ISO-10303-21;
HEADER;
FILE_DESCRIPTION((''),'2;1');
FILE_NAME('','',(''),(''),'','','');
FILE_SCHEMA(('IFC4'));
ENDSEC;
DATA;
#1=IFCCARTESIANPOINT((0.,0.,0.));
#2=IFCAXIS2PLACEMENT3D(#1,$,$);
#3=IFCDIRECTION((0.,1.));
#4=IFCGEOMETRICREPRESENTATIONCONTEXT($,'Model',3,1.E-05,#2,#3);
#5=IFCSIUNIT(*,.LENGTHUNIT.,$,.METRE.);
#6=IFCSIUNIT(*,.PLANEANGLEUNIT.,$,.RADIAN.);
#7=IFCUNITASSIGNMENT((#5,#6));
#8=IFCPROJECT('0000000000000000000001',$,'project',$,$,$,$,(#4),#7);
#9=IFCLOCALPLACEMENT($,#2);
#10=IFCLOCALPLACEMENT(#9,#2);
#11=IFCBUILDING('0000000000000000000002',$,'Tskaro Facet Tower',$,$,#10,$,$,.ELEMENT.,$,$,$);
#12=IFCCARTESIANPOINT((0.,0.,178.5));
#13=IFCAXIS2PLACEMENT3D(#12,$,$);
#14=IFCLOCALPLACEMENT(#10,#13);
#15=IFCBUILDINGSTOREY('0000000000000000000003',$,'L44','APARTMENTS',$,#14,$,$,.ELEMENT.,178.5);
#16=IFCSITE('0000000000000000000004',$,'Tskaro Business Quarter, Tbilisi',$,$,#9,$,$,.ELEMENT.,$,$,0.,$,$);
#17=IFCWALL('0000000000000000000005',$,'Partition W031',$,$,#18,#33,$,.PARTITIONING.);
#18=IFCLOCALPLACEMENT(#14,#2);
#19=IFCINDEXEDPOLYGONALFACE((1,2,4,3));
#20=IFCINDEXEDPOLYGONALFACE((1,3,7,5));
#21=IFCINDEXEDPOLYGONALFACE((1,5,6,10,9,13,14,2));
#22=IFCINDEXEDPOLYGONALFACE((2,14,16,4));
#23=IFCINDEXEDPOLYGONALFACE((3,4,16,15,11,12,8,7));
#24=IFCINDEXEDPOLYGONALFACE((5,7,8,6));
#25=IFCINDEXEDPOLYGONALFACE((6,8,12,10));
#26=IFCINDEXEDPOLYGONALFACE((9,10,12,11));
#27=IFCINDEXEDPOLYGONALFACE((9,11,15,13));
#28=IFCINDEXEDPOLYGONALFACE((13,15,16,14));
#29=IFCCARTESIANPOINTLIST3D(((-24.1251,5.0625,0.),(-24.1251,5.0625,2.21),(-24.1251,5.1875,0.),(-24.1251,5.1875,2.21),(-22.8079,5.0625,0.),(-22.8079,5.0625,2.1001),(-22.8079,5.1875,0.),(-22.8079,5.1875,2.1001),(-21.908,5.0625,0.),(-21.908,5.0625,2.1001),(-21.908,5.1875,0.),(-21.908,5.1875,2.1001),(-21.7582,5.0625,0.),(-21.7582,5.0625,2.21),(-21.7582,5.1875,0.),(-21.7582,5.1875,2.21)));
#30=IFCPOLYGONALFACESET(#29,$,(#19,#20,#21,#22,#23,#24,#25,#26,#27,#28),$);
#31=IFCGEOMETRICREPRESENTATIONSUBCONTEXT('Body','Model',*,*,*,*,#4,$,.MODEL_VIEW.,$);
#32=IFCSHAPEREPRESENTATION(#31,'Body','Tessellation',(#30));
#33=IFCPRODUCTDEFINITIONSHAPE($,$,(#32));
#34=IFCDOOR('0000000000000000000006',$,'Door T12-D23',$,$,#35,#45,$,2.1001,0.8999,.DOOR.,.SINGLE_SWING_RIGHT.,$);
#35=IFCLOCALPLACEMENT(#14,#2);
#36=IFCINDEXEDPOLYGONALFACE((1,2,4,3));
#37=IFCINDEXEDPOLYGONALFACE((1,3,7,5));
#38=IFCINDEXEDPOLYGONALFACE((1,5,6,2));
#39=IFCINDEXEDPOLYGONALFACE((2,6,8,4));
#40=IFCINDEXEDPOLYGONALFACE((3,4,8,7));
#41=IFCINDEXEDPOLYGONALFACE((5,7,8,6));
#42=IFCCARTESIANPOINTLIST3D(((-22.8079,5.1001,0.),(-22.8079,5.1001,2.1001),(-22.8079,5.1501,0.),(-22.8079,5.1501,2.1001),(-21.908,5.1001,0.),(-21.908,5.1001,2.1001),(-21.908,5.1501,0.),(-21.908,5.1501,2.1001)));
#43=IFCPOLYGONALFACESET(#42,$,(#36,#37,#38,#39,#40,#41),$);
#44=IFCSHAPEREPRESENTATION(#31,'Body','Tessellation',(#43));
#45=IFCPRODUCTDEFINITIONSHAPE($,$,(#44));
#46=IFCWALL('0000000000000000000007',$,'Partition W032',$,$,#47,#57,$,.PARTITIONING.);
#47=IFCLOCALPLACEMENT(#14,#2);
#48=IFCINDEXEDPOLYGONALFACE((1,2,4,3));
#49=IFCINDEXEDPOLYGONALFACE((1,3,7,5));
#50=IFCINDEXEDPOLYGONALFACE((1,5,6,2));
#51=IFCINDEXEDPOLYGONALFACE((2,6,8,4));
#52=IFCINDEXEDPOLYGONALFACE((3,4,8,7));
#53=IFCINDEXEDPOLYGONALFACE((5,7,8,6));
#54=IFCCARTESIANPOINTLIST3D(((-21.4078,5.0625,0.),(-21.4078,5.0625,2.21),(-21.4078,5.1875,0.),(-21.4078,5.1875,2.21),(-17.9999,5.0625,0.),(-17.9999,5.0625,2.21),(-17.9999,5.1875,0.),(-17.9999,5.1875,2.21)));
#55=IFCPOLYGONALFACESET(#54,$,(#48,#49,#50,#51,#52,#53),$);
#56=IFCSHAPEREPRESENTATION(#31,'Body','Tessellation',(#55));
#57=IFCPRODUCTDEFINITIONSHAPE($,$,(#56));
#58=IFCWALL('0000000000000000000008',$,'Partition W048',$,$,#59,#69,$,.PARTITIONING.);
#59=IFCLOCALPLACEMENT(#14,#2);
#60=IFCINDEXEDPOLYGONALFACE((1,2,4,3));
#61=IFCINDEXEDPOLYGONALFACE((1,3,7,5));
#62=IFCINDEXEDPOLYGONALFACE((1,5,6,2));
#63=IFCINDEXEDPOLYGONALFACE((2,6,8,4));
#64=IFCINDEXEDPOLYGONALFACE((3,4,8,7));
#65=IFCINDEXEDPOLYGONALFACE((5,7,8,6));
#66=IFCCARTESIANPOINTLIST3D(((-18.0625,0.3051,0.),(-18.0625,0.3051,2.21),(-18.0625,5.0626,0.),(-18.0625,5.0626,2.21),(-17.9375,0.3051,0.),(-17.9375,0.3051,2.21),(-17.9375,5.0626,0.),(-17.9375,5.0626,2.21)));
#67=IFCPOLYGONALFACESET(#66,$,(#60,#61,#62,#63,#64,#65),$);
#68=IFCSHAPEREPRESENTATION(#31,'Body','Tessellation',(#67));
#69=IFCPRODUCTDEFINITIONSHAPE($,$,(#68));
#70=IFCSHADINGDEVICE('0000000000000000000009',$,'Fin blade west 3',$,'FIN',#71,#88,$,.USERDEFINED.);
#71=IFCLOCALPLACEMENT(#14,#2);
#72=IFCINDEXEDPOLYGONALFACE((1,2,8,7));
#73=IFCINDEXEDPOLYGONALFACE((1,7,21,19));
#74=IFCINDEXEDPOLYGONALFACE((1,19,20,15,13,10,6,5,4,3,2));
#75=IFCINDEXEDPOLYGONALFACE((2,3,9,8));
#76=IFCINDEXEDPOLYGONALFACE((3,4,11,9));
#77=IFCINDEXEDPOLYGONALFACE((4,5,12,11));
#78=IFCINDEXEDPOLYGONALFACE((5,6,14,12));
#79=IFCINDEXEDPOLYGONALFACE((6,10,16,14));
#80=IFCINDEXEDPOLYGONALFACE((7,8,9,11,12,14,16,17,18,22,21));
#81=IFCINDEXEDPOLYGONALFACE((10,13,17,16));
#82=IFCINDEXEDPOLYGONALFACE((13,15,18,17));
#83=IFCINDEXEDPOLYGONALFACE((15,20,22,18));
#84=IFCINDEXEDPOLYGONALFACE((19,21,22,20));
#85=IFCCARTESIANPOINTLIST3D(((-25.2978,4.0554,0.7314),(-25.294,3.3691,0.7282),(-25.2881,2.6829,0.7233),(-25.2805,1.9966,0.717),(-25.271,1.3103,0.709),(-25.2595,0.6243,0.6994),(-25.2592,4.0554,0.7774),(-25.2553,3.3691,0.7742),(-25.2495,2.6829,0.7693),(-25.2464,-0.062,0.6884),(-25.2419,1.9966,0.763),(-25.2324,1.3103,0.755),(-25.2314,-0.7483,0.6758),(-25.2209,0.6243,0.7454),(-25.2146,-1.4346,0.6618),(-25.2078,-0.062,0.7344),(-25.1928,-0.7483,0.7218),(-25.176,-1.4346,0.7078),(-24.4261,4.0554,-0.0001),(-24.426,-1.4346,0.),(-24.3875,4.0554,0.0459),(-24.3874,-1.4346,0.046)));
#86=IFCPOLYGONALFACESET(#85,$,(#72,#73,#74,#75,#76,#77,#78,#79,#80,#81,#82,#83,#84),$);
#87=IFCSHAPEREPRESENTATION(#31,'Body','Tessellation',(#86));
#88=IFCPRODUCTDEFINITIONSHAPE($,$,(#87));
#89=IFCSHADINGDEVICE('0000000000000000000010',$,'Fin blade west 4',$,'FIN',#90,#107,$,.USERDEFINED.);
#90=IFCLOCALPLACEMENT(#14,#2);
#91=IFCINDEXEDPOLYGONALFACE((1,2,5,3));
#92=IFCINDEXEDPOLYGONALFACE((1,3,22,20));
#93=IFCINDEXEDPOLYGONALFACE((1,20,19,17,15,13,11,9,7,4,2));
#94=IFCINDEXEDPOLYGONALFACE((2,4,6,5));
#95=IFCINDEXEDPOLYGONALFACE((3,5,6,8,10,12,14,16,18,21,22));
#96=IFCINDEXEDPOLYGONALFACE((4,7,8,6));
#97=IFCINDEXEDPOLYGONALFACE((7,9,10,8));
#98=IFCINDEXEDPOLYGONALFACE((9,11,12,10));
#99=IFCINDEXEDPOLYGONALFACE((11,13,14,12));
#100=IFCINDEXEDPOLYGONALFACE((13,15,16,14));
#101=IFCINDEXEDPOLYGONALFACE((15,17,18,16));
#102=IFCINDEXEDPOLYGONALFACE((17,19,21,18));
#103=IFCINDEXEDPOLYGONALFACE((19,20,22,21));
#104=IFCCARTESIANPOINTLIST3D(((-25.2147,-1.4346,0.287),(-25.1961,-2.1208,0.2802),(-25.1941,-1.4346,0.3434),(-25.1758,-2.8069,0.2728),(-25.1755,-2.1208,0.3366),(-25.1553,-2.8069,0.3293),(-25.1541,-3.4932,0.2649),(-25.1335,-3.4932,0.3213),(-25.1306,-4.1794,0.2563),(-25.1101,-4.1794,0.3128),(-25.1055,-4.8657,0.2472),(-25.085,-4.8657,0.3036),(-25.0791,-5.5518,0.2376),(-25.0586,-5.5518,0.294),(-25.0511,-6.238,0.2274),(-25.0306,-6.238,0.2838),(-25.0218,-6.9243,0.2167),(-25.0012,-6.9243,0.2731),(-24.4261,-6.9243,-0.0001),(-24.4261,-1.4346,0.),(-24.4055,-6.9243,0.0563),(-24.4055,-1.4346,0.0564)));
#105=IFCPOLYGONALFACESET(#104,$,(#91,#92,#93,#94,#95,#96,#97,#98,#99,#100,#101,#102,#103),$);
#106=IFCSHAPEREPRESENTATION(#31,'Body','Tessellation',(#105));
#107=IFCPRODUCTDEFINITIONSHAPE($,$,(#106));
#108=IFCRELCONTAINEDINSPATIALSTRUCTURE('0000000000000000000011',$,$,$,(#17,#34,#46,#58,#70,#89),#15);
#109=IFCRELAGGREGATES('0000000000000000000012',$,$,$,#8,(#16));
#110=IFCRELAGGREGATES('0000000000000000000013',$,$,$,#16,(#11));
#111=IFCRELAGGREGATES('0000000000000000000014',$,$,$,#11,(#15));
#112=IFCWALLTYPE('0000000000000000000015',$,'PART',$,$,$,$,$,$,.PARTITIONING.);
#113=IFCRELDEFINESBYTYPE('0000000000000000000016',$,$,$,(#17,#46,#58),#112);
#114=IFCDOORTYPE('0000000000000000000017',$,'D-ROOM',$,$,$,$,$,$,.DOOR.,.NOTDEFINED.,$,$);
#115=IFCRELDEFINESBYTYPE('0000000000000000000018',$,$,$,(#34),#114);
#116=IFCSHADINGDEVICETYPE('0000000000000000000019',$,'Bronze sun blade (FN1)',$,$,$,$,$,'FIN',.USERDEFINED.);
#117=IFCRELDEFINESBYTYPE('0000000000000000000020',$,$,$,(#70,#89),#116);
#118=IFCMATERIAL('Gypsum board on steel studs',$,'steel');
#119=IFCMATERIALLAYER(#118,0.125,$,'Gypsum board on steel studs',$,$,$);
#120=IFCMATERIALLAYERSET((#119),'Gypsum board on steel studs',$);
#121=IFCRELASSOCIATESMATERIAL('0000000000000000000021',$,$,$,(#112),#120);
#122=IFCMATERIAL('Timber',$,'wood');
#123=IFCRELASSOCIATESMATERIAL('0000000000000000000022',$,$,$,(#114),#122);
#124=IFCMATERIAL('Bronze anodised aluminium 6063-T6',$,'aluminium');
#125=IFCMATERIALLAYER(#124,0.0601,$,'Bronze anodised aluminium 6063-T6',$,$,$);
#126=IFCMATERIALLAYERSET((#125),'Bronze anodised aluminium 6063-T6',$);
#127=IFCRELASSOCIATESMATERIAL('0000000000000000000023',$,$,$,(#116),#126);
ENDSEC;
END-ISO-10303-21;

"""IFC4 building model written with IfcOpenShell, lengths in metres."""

from ifc_helpers import new_model, si_unit, direction, frame, frame_2d, origin, place, context, subcontext, project, spatial, polyline, rectangle, outline, extrude, material, layer, layer_set, type_object, element, fill, save


model = new_model("IFC4")

# Units and contexts
model_context = context("Model", 3, precision=1e-05, world=origin(), true_north=direction((0.0, 1.0)))
body_context = subcontext(model_context, "Body", "Model", "MODEL_VIEW")
ifc_project = project(units=[si_unit("LENGTHUNIT", "METRE"), si_unit("PLANEANGLEUNIT", "RADIAN")], contexts=[model_context])

# Site, building, storey
site_placement = place(None, origin())
site = spatial("IfcSite", under=ifc_project, at=site_placement, Name="Tskaro Business Quarter, Tbilisi", CompositionType="ELEMENT", RefElevation=0.0)
building_placement = place(site_placement, origin())
building = spatial("IfcBuilding", under=site, at=building_placement, Name="Tskaro Facet Tower", CompositionType="ELEMENT")
storey_placement = place(building_placement, frame((0.0, 0.0, 178.5)))
storey = spatial("IfcBuildingStorey", under=building, at=storey_placement, Name="L44", Description="APARTMENTS", CompositionType="ELEMENT", Elevation=178.5)

# Shared definitions
ifc_material_1 = material(Name="Bronze anodised aluminium 6063-T6", Category="aluminium")

# Wall, opening, door
ifc_material_2 = material(Name="Gypsum board on steel studs", Category="steel")
ifc_layer_1 = layer(ifc_material_2, 0.125, Name="Gypsum board on steel studs")
ifc_layer_set_1 = layer_set([ifc_layer_1], Name="Gypsum board on steel studs")
wall_type = type_object("IfcWallType", Name="PART", PredefinedType="PARTITIONING", material=ifc_layer_set_1)
wall_1_placement = place(storey_placement, frame((-21.7581, 5.125, 0.0), z_axis=(0.0, 0.0, 1.0), x_axis=(-1.0, 0.0, 0.0)))
wall_1 = element("IfcWall", 1, at=wall_1_placement, inside=storey, type_object=wall_type, Name="Partition W031", PredefinedType="PARTITIONING", context=body_context, shape_type="SweptSolid", body=[
    extrude(rectangle(XDim=2.3669, YDim=0.125, at=frame_2d((1.1836, 0.0))), origin(), (0.0, 0.0, 1.0), 2.21),
])
opening_placement = place(wall_1_placement, frame((0.1499, 0.0, 0.0)))
opening = element("IfcOpeningElement", 2, at=opening_placement, cuts=wall_1, PredefinedType="OPENING", context=body_context, shape_type="SweptSolid", body=[
    extrude(rectangle(XDim=0.8999, YDim=2.1001, at=frame_2d((0.45, 1.05))), frame((0.0, 0.0725, 0.0), z_axis=(0.0, -1.0, 0.0), x_axis=(1.0, 0.0, 0.0)), (0.0, 0.0, 1.0), 0.145),
])
ifc_material_3 = material(Name="Timber", Category="wood")
door_type = type_object("IfcDoorType", Name="D-ROOM", OperationType="NOTDEFINED", PredefinedType="DOOR", material=ifc_material_3)
door_placement = place(opening_placement, origin())
door = element("IfcDoor", 3, at=door_placement, inside=storey, type_object=door_type, Name="Door T12-D23", OperationType="SINGLE_SWING_RIGHT", OverallHeight=2.1001, OverallWidth=0.8999, PredefinedType="DOOR", context=body_context, shape_type="SweptSolid", body=[
    extrude(rectangle(XDim=0.8999, YDim=2.1001, at=frame_2d((0.45, 1.05))), frame((0.0, 0.0249, 0.0), z_axis=(0.0, -1.0, 0.0), x_axis=(1.0, 0.0, 0.0)), (0.0, 0.0, 1.0), 0.05),
])
fill(opening, door)

# Walls
wall_2_placement = place(storey_placement, frame((-21.408, 5.125, 0.0), z_axis=(0.0, 0.0, 1.0), x_axis=(1.0, 0.0, 0.0)))
element("IfcWall", 4, at=wall_2_placement, inside=storey, type_object=wall_type, Name="Partition W032", PredefinedType="PARTITIONING", context=body_context, shape_type="SweptSolid", body=[
    extrude(rectangle(XDim=3.408, YDim=0.125, at=frame_2d((1.7041, 0.0))), origin(), (0.0, 0.0, 1.0), 2.21),
])
wall_3_placement = place(storey_placement, frame((-18.0, 0.3049, 0.0), z_axis=(0.0, 0.0, 1.0), x_axis=(0.0, 1.0, 0.0)))
element("IfcWall", 5, at=wall_3_placement, inside=storey, type_object=wall_type, Name="Partition W048", PredefinedType="PARTITIONING", context=body_context, shape_type="SweptSolid", body=[
    extrude(rectangle(XDim=4.7576, YDim=0.125, at=frame_2d((2.3789, 0.0))), origin(), (0.0, 0.0, 1.0), 2.21),
])

# Shading devices
ifc_layer_2 = layer(ifc_material_1, 0.0601, Name="Bronze anodised aluminium 6063-T6")
ifc_layer_set_2 = layer_set([ifc_layer_2], Name="Bronze anodised aluminium 6063-T6")
shading_device_type = type_object("IfcShadingDeviceType", Name="Bronze sun blade (FN1)", ElementType="FIN", PredefinedType="USERDEFINED", material=ifc_layer_set_2)
shading_device_1_placement = place(storey_placement, frame((-24.3875, 4.0554, 0.0459), z_axis=(0.642805, 0.000019, 0.76603), x_axis=(0.000013, -1.0, 0.000015)))
element("IfcShadingDevice", 6, at=shading_device_1_placement, inside=storey, type_object=shading_device_type, Name="Fin blade west 3", ObjectType="FIN", PredefinedType="USERDEFINED", context=body_context, shape_type="SweptSolid", body=[
    extrude(outline(polyline([(0.0, 0.0), (5.49, 0.0), (5.49, -1.0295), (4.8037, -1.0514), (4.1174, -1.0709), (3.4312, -1.0881), (2.7451, -1.103), (2.0588, -1.1155), (1.3726, -1.1254), (0.6863, -1.133), (0.0, -1.138), (0.0, 0.0)])), origin(), (0.0, 0.0, -1.0), 0.0601),
])
shading_device_2_placement = place(storey_placement, frame((-24.4055, -1.4346, 0.0564), z_axis=(0.341996, -0.000012, 0.939701), x_axis=(-0.000004, -1.0, -0.000011)))
element("IfcShadingDevice", 7, at=shading_device_2_placement, inside=storey, type_object=shading_device_type, Name="Fin blade west 4", ObjectType="FIN", PredefinedType="USERDEFINED", context=body_context, shape_type="SweptSolid", body=[
    extrude(outline(polyline([(0.0, 0.0), (5.4897, 0.0), (5.4897, -0.6339), (4.8035, -0.6651), (4.1172, -0.6949), (3.4312, -0.7231), (2.7449, -0.7498), (2.0586, -0.7747), (1.3723, -0.7979), (0.6863, -0.8194), (0.0, -0.8392), (0.0, 0.0)])), origin(), (0.0, 0.0, -1.0), 0.0601),
])

save(model, "model.ifc")
